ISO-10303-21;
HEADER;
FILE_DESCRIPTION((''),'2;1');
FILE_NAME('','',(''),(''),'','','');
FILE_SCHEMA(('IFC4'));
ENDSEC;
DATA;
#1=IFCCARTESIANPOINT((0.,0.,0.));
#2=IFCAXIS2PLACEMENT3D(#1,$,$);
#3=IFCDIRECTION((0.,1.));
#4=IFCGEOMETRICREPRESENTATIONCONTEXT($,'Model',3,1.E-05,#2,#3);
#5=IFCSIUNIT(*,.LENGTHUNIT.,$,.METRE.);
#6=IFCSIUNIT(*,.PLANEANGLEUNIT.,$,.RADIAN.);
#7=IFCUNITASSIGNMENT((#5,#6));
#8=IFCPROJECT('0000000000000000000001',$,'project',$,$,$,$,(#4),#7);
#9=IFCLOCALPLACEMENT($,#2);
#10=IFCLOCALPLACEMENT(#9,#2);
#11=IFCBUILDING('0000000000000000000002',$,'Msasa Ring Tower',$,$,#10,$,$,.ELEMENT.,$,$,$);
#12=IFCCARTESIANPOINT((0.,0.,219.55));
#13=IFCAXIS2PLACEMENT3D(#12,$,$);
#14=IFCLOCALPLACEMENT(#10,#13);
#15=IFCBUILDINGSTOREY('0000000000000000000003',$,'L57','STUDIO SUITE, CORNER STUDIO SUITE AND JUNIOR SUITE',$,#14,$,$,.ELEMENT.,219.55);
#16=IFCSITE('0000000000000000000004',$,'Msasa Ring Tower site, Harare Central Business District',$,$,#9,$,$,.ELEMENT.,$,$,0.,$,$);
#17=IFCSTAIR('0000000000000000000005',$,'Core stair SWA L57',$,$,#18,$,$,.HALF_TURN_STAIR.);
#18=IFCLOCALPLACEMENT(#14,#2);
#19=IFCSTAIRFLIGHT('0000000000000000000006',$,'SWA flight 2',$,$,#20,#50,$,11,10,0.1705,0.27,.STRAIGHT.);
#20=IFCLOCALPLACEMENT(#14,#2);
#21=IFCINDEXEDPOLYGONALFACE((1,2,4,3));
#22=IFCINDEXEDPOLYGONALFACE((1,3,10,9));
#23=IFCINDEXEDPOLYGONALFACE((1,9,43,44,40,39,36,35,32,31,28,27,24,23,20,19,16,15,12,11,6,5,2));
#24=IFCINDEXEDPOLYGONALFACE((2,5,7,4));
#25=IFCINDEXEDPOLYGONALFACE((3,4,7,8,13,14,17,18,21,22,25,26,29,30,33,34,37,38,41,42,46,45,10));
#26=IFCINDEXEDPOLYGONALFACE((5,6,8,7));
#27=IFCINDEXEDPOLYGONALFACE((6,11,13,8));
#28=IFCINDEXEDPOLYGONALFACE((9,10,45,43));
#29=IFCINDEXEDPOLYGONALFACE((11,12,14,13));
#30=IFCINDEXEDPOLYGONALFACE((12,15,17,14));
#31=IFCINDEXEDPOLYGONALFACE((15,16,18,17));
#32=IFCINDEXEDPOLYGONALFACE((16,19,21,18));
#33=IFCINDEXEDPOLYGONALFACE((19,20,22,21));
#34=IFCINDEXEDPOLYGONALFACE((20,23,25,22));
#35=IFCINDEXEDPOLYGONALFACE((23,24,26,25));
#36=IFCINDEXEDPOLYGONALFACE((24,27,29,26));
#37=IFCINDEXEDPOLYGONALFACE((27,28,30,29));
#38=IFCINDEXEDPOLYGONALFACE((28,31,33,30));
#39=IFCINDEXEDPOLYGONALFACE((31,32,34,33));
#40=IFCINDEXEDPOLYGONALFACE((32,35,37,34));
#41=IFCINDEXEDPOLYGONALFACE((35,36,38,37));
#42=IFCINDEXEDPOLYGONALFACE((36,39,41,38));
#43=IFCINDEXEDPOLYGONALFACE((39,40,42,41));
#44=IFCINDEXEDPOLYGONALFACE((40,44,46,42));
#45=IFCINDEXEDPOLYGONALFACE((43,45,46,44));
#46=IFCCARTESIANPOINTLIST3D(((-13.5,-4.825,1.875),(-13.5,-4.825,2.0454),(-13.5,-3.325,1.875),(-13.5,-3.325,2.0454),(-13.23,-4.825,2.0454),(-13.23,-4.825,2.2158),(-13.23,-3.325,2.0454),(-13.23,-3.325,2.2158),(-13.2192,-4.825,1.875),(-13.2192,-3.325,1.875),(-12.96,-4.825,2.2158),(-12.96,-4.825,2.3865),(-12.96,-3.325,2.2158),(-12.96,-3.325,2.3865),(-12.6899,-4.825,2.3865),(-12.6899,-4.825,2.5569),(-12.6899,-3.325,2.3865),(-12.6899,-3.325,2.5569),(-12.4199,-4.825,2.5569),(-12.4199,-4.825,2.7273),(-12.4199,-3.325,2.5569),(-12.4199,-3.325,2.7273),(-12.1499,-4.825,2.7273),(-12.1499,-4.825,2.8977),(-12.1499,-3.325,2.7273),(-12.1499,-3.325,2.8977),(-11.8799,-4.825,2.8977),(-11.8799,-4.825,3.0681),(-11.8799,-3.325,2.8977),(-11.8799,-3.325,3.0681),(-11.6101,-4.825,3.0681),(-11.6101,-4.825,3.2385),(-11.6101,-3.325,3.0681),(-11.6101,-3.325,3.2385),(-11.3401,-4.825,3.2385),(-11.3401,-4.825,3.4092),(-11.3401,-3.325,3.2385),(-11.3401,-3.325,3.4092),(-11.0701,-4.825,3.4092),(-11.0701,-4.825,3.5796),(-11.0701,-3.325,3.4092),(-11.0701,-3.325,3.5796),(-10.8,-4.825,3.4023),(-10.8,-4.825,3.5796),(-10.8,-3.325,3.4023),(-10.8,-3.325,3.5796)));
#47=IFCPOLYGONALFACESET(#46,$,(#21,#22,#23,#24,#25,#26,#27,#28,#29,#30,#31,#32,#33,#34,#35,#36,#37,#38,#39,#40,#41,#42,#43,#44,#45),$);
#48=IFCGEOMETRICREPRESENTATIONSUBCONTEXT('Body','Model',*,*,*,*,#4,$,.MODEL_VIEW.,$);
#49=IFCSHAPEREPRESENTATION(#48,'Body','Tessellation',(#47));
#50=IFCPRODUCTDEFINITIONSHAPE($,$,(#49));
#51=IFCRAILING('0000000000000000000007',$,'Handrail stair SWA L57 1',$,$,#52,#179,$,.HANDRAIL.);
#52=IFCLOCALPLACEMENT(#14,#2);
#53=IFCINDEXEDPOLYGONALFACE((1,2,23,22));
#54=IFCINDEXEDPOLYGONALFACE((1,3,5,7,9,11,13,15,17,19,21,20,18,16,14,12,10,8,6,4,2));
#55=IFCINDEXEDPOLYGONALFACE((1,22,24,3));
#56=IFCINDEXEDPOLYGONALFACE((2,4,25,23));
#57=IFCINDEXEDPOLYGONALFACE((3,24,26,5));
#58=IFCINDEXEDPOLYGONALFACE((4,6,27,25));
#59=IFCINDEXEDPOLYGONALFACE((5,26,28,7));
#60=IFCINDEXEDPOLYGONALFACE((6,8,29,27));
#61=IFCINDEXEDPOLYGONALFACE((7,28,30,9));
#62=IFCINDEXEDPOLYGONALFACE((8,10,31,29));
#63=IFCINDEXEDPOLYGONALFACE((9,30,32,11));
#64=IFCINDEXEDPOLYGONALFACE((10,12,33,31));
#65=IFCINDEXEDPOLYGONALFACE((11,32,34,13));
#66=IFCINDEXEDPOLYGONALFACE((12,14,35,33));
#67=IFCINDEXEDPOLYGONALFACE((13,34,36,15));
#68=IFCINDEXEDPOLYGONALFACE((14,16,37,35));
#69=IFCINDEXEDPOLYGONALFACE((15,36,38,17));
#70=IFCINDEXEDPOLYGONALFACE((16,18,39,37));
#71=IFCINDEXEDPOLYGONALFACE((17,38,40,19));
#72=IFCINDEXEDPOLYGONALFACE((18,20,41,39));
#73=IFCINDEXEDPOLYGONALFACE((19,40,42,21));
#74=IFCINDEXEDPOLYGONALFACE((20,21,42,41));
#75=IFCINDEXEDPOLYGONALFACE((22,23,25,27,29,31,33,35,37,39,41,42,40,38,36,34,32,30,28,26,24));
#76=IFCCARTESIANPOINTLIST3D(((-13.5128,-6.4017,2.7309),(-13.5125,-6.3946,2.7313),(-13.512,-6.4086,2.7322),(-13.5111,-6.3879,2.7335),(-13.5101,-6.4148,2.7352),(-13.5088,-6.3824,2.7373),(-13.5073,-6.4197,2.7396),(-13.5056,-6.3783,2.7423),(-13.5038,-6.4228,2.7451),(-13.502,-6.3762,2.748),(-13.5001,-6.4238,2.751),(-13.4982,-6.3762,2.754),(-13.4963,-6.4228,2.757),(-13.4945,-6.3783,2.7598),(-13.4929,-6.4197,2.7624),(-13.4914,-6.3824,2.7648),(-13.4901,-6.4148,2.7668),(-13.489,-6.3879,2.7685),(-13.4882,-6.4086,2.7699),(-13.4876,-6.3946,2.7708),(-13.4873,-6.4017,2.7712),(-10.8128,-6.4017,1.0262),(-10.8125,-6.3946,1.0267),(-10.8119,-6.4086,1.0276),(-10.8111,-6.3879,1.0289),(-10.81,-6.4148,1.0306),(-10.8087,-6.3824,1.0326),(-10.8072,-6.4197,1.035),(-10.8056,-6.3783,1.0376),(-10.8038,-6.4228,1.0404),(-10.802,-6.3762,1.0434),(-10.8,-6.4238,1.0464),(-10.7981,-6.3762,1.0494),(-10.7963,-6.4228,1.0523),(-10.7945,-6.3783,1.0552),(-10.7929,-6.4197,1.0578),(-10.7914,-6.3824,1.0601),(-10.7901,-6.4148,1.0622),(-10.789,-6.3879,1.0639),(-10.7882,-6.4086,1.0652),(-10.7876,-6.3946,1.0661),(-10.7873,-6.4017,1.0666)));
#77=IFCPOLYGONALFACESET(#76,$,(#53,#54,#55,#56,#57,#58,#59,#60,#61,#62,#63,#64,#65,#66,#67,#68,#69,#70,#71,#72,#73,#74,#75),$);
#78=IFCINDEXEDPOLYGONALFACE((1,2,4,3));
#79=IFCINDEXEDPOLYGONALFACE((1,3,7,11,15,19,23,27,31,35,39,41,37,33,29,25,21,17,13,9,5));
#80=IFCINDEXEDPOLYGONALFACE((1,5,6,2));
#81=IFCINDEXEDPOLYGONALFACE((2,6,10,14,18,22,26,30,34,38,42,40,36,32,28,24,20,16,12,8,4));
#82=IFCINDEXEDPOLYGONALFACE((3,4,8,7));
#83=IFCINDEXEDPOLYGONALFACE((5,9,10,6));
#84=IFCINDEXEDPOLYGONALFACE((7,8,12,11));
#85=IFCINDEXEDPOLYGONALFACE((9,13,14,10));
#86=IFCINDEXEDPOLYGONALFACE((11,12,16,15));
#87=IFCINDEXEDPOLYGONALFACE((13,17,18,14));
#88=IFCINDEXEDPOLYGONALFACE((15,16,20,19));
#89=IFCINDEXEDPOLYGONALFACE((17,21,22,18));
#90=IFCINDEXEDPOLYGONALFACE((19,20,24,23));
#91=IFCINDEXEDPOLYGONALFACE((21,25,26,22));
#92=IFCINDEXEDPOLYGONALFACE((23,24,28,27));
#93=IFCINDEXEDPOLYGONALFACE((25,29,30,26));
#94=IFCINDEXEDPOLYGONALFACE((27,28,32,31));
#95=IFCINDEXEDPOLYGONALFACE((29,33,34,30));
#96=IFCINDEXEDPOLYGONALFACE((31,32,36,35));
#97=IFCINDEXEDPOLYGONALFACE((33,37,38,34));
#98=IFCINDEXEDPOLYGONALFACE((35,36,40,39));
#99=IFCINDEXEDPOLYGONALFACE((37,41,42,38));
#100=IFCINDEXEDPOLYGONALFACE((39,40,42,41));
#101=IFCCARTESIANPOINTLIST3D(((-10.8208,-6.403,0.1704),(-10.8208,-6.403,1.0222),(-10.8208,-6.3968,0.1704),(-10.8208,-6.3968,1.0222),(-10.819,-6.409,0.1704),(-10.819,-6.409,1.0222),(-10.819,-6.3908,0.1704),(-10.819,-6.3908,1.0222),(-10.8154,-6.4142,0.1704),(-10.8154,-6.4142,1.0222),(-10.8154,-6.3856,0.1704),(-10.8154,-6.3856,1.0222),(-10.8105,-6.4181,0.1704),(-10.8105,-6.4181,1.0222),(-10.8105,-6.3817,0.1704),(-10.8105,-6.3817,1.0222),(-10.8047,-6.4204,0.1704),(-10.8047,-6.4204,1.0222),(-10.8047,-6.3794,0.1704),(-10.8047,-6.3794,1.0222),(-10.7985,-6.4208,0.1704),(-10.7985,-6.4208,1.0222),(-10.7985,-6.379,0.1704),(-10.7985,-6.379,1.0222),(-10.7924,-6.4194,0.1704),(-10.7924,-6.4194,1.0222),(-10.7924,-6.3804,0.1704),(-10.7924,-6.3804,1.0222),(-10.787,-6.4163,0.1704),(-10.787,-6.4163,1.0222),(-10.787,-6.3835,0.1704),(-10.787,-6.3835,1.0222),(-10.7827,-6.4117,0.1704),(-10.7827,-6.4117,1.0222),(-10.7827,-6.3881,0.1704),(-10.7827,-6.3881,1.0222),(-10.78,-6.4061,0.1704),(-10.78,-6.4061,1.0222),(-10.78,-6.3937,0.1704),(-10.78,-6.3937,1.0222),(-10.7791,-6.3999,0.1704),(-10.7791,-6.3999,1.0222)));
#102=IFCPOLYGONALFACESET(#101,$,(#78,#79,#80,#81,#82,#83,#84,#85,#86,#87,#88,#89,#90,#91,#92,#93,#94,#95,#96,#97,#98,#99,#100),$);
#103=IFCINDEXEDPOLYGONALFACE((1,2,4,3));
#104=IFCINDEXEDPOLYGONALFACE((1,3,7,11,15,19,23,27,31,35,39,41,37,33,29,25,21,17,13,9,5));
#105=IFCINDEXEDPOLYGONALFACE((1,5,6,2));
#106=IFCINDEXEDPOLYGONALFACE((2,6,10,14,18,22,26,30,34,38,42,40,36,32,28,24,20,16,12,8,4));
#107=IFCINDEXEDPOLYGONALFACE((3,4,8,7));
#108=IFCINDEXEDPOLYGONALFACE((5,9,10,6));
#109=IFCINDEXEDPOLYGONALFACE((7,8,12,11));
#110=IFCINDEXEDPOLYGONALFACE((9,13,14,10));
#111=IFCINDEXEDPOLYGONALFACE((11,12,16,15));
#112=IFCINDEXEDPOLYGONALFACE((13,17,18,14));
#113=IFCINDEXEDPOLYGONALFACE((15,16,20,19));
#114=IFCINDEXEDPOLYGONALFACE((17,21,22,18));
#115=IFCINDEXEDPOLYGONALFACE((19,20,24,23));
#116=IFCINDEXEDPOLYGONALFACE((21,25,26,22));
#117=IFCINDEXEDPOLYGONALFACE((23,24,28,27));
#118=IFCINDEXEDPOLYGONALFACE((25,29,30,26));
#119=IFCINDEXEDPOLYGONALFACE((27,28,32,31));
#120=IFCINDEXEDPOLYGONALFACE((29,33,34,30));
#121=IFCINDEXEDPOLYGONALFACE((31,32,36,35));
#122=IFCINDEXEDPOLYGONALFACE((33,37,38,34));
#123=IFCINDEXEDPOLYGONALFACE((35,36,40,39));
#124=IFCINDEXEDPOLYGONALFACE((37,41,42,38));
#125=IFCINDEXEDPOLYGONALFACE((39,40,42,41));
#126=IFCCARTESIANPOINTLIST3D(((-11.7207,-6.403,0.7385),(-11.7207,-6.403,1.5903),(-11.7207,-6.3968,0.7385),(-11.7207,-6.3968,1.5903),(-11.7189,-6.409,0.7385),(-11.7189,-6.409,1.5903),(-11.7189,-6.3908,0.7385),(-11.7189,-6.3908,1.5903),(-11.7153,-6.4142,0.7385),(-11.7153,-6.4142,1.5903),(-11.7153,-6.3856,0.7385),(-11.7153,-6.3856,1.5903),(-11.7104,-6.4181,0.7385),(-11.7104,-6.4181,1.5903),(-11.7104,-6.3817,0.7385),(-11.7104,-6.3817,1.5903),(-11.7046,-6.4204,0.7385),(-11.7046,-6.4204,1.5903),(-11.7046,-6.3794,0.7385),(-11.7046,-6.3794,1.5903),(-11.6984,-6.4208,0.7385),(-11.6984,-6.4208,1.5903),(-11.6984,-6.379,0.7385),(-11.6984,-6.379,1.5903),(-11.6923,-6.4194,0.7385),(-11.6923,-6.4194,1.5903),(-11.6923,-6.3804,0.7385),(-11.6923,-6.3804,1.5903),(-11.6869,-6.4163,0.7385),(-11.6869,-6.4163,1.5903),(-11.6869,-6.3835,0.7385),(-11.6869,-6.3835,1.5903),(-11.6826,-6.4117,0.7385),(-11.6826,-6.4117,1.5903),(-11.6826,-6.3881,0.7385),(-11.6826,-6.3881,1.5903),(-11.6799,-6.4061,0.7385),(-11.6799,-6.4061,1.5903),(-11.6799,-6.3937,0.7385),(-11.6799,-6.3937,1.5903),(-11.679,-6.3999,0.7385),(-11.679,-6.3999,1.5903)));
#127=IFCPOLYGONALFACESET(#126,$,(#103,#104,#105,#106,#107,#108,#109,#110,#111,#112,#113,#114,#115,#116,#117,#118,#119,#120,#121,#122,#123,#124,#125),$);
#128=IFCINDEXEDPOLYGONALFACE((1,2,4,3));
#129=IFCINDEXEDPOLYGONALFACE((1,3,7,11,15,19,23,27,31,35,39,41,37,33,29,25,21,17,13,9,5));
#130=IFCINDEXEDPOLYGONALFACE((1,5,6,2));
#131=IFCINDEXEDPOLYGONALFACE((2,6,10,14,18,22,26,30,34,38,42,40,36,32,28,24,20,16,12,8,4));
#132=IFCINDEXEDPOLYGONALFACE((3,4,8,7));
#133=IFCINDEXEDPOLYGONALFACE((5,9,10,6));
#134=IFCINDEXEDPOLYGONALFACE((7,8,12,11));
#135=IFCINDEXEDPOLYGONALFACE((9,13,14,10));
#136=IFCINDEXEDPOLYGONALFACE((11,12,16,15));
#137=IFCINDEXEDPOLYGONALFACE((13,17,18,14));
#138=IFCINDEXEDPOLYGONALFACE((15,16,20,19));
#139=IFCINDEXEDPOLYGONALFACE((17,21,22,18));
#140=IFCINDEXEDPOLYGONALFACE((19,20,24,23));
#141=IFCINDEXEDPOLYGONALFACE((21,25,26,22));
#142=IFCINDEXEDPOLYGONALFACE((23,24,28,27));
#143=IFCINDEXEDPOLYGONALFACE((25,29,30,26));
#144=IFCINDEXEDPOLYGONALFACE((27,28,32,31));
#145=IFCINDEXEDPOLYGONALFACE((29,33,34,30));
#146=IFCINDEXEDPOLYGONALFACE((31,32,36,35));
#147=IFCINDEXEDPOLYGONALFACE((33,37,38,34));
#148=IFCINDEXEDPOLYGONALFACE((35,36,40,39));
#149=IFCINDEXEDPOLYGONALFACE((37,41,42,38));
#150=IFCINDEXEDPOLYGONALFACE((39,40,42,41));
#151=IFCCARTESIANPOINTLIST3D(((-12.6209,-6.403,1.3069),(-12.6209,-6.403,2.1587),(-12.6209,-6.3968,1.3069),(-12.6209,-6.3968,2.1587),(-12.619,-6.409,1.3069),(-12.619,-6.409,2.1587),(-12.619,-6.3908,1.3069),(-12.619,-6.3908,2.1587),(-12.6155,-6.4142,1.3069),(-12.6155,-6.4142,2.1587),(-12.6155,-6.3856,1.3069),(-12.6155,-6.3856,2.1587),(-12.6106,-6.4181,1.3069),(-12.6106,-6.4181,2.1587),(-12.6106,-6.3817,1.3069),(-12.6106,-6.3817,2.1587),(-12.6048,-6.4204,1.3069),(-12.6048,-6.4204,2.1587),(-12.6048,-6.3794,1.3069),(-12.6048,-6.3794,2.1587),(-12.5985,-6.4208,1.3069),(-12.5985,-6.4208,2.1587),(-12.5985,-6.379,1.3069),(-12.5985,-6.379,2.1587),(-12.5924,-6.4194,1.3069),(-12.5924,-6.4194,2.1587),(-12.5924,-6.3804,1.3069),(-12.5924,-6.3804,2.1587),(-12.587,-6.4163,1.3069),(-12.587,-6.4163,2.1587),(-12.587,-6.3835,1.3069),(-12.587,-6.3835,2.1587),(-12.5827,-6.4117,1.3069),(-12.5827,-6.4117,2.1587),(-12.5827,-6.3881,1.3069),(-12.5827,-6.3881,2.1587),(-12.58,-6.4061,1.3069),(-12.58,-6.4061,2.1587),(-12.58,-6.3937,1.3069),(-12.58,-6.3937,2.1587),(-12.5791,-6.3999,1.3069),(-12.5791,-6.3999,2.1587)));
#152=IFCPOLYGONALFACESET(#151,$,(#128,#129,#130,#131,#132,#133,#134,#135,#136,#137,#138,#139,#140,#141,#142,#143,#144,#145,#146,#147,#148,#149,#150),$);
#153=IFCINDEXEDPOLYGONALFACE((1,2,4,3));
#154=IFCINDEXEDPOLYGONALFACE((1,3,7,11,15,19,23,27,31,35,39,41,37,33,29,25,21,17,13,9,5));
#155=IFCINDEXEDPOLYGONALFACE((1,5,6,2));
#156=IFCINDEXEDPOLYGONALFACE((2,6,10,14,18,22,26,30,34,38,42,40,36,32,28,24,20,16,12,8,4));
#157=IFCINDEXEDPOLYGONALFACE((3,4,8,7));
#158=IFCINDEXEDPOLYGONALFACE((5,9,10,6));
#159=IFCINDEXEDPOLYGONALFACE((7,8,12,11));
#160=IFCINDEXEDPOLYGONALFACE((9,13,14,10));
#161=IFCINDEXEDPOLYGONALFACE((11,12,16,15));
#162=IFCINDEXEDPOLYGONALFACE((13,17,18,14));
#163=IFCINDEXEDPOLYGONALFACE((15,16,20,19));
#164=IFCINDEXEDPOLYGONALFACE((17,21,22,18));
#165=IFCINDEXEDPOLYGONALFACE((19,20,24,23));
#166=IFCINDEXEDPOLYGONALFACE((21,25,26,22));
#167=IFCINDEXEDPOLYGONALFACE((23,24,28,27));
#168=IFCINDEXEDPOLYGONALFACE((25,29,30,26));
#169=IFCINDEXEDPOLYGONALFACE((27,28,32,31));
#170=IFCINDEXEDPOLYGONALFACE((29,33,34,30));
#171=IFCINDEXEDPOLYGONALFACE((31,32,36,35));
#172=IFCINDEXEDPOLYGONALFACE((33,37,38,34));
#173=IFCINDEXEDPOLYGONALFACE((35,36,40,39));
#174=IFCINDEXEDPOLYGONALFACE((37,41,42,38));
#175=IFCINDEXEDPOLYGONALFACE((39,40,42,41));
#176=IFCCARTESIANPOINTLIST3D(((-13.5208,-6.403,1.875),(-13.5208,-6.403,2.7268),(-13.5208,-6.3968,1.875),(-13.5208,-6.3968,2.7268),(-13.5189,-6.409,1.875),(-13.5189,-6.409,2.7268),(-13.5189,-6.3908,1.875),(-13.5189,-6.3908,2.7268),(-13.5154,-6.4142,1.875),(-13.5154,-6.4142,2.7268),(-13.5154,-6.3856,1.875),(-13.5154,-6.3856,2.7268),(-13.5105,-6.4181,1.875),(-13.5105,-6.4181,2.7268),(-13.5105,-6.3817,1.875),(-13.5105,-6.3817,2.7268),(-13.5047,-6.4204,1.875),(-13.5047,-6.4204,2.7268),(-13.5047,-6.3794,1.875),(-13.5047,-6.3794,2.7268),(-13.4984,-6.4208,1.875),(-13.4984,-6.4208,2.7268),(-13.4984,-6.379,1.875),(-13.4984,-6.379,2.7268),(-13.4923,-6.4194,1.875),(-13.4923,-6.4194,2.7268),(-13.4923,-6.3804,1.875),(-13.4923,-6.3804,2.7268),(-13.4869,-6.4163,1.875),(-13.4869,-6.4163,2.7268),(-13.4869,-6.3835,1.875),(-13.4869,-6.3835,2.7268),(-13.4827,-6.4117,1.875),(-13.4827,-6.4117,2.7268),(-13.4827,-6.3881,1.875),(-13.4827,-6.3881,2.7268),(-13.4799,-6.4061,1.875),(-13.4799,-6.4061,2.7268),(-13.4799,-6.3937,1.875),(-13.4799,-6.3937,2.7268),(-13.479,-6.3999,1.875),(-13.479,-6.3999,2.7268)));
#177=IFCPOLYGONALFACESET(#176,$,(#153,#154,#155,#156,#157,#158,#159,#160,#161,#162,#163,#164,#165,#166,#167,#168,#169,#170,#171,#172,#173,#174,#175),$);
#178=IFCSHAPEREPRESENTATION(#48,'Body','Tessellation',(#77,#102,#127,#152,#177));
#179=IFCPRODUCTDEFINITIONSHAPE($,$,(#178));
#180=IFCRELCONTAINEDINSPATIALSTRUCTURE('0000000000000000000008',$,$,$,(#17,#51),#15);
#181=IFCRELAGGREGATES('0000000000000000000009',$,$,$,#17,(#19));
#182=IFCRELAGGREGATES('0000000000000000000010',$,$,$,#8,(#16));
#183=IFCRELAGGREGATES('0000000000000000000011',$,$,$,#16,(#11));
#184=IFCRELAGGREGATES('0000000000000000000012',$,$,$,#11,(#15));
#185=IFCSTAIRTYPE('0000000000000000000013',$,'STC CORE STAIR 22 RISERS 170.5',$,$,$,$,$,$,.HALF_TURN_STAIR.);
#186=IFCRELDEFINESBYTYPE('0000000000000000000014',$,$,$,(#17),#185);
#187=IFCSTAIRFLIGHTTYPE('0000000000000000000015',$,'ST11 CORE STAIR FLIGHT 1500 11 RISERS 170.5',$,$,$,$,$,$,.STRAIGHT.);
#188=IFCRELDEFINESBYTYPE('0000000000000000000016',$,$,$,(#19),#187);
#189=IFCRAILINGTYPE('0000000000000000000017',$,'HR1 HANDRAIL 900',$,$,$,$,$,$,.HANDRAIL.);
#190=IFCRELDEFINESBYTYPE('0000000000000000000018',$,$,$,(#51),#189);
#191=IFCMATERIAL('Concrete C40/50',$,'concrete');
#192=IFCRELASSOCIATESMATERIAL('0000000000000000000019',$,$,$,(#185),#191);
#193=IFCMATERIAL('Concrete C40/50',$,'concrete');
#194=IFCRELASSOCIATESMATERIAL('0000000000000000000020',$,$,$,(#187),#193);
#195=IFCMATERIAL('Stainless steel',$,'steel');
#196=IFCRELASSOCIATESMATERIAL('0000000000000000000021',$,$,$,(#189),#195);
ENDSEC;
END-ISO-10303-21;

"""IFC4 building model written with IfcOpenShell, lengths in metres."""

from ifc_helpers import new_model, si_unit, direction, frame, origin, origin_2d, place, context, subcontext, project, spatial, polyline, circle, outline, extrude, material, type_object, element, aggregate, save


model = new_model("IFC4")

# Units and contexts
model_context = context("Model", 3, precision=1e-05, world=origin(), true_north=direction((0.0, 1.0)))
body_context = subcontext(model_context, "Body", "Model", "MODEL_VIEW")
ifc_project = project(units=[si_unit("LENGTHUNIT", "METRE"), si_unit("PLANEANGLEUNIT", "RADIAN")], contexts=[model_context])

# Site, building, storey
site_placement = place(None, origin())
site = spatial("IfcSite", under=ifc_project, at=site_placement, Name="Msasa Ring Tower site, Harare Central Business District", CompositionType="ELEMENT", RefElevation=0.0)
building_placement = place(site_placement, origin())
building = spatial("IfcBuilding", under=site, at=building_placement, Name="Msasa Ring Tower", CompositionType="ELEMENT")
storey_placement = place(building_placement, frame((0.0, 0.0, 219.55)))
storey = spatial("IfcBuildingStorey", under=building, at=storey_placement, Name="L57", Description="STUDIO SUITE, CORNER STUDIO SUITE AND JUNIOR SUITE", CompositionType="ELEMENT", Elevation=219.55)

# Stair, stair flight
ifc_material_1 = material(Name="Concrete C40/50", Category="concrete")
stair_type = type_object("IfcStairType", Name="STC CORE STAIR 22 RISERS 170.5", PredefinedType="HALF_TURN_STAIR", material=ifc_material_1)
stair_placement = place(storey_placement, origin())
stair = element("IfcStair", 1, at=stair_placement, inside=storey, type_object=stair_type, Name="Core stair SWA L57", PredefinedType="HALF_TURN_STAIR")
ifc_material_2 = material(Name="Concrete C40/50", Category="concrete")
stair_flight_type = type_object("IfcStairFlightType", Name="ST11 CORE STAIR FLIGHT 1500 11 RISERS 170.5", PredefinedType="STRAIGHT", material=ifc_material_2)
stair_flight_1_placement = place(storey_placement, frame((-13.5, -4.075, 1.875), z_axis=(0.0, 0.0, 1.0), x_axis=(1.0, 0.0, 0.0)))
stair_flight_1 = element("IfcStairFlight", 2, at=stair_flight_1_placement, type_object=stair_flight_type, Name="SWA flight 2", NumberOfRisers=11, NumberOfTreads=10, PredefinedType="STRAIGHT", RiserHeight=0.1705, TreadLength=0.27, context=body_context, shape_type="SweptSolid", body=[
    extrude(outline(polyline([(0.0, 0.0), (0.0, 0.1704), (0.27, 0.1704), (0.27, 0.3408), (0.54, 0.3408), (0.54, 0.5115), (0.8101, 0.5115), (0.8101, 0.6819), (1.0801, 0.6819), (1.0801, 0.8523), (1.3501, 0.8523), (1.3501, 1.0227), (1.6201, 1.0227), (1.6201, 1.1931), (1.8899, 1.1931), (1.8899, 1.3635), (2.1599, 1.3635), (2.1599, 1.5342), (2.4299, 1.5342), (2.4299, 1.7046), (2.7, 1.7046), (2.7, 1.875), (2.7, 1.5273), (0.2808, 0.0), (0.0, 0.0)])), frame((0.0, 0.75, 0.0), z_axis=(0.0, -1.0, 0.0), x_axis=(1.0, 0.0, 0.0)), (0.0, 0.0, 1.0), 1.5),
])
aggregate(stair, [stair_flight_1])

# Railing
ifc_material_3 = material(Name="Stainless steel", Category="steel")
railing_type = type_object("IfcRailingType", Name="HR1 HANDRAIL 900", PredefinedType="HANDRAIL", material=ifc_material_3)
for number, where, name in (
    (3, (-10.8, -6.3999, 0.1704), "Handrail stair SWA L57 1"),
):
    element("IfcRailing", number, at=place(storey_placement, frame(where)), inside=storey, type_object=railing_type, Name=name, PredefinedType="HANDRAIL", context=body_context, shape_type="SweptSolid", body=[
        extrude(circle(Radius=0.0239, at=origin_2d()), frame((0.0, 0.0, 0.876), z_axis=(-0.84558, 0.0, 0.533849), x_axis=(0.0, -1.0, 0.0)), (0.0, 0.0, 1.0), 3.1931),
        extrude(circle(Radius=0.021, at=origin_2d()), origin(), (0.0, 0.0, 1.0), 0.8518),
        extrude(circle(Radius=0.021, at=origin_2d()), frame((-0.8999, 0.0, 0.5681)), (0.0, 0.0, 1.0), 0.8518),
        extrude(circle(Radius=0.021, at=origin_2d()), frame((-1.8, 0.0, 1.1365)), (0.0, 0.0, 1.0), 0.8518),
        extrude(circle(Radius=0.021, at=origin_2d()), frame((-2.7, 0.0, 1.7046)), (0.0, 0.0, 1.0), 0.8518),
    ])

save(model, "model.ifc")
